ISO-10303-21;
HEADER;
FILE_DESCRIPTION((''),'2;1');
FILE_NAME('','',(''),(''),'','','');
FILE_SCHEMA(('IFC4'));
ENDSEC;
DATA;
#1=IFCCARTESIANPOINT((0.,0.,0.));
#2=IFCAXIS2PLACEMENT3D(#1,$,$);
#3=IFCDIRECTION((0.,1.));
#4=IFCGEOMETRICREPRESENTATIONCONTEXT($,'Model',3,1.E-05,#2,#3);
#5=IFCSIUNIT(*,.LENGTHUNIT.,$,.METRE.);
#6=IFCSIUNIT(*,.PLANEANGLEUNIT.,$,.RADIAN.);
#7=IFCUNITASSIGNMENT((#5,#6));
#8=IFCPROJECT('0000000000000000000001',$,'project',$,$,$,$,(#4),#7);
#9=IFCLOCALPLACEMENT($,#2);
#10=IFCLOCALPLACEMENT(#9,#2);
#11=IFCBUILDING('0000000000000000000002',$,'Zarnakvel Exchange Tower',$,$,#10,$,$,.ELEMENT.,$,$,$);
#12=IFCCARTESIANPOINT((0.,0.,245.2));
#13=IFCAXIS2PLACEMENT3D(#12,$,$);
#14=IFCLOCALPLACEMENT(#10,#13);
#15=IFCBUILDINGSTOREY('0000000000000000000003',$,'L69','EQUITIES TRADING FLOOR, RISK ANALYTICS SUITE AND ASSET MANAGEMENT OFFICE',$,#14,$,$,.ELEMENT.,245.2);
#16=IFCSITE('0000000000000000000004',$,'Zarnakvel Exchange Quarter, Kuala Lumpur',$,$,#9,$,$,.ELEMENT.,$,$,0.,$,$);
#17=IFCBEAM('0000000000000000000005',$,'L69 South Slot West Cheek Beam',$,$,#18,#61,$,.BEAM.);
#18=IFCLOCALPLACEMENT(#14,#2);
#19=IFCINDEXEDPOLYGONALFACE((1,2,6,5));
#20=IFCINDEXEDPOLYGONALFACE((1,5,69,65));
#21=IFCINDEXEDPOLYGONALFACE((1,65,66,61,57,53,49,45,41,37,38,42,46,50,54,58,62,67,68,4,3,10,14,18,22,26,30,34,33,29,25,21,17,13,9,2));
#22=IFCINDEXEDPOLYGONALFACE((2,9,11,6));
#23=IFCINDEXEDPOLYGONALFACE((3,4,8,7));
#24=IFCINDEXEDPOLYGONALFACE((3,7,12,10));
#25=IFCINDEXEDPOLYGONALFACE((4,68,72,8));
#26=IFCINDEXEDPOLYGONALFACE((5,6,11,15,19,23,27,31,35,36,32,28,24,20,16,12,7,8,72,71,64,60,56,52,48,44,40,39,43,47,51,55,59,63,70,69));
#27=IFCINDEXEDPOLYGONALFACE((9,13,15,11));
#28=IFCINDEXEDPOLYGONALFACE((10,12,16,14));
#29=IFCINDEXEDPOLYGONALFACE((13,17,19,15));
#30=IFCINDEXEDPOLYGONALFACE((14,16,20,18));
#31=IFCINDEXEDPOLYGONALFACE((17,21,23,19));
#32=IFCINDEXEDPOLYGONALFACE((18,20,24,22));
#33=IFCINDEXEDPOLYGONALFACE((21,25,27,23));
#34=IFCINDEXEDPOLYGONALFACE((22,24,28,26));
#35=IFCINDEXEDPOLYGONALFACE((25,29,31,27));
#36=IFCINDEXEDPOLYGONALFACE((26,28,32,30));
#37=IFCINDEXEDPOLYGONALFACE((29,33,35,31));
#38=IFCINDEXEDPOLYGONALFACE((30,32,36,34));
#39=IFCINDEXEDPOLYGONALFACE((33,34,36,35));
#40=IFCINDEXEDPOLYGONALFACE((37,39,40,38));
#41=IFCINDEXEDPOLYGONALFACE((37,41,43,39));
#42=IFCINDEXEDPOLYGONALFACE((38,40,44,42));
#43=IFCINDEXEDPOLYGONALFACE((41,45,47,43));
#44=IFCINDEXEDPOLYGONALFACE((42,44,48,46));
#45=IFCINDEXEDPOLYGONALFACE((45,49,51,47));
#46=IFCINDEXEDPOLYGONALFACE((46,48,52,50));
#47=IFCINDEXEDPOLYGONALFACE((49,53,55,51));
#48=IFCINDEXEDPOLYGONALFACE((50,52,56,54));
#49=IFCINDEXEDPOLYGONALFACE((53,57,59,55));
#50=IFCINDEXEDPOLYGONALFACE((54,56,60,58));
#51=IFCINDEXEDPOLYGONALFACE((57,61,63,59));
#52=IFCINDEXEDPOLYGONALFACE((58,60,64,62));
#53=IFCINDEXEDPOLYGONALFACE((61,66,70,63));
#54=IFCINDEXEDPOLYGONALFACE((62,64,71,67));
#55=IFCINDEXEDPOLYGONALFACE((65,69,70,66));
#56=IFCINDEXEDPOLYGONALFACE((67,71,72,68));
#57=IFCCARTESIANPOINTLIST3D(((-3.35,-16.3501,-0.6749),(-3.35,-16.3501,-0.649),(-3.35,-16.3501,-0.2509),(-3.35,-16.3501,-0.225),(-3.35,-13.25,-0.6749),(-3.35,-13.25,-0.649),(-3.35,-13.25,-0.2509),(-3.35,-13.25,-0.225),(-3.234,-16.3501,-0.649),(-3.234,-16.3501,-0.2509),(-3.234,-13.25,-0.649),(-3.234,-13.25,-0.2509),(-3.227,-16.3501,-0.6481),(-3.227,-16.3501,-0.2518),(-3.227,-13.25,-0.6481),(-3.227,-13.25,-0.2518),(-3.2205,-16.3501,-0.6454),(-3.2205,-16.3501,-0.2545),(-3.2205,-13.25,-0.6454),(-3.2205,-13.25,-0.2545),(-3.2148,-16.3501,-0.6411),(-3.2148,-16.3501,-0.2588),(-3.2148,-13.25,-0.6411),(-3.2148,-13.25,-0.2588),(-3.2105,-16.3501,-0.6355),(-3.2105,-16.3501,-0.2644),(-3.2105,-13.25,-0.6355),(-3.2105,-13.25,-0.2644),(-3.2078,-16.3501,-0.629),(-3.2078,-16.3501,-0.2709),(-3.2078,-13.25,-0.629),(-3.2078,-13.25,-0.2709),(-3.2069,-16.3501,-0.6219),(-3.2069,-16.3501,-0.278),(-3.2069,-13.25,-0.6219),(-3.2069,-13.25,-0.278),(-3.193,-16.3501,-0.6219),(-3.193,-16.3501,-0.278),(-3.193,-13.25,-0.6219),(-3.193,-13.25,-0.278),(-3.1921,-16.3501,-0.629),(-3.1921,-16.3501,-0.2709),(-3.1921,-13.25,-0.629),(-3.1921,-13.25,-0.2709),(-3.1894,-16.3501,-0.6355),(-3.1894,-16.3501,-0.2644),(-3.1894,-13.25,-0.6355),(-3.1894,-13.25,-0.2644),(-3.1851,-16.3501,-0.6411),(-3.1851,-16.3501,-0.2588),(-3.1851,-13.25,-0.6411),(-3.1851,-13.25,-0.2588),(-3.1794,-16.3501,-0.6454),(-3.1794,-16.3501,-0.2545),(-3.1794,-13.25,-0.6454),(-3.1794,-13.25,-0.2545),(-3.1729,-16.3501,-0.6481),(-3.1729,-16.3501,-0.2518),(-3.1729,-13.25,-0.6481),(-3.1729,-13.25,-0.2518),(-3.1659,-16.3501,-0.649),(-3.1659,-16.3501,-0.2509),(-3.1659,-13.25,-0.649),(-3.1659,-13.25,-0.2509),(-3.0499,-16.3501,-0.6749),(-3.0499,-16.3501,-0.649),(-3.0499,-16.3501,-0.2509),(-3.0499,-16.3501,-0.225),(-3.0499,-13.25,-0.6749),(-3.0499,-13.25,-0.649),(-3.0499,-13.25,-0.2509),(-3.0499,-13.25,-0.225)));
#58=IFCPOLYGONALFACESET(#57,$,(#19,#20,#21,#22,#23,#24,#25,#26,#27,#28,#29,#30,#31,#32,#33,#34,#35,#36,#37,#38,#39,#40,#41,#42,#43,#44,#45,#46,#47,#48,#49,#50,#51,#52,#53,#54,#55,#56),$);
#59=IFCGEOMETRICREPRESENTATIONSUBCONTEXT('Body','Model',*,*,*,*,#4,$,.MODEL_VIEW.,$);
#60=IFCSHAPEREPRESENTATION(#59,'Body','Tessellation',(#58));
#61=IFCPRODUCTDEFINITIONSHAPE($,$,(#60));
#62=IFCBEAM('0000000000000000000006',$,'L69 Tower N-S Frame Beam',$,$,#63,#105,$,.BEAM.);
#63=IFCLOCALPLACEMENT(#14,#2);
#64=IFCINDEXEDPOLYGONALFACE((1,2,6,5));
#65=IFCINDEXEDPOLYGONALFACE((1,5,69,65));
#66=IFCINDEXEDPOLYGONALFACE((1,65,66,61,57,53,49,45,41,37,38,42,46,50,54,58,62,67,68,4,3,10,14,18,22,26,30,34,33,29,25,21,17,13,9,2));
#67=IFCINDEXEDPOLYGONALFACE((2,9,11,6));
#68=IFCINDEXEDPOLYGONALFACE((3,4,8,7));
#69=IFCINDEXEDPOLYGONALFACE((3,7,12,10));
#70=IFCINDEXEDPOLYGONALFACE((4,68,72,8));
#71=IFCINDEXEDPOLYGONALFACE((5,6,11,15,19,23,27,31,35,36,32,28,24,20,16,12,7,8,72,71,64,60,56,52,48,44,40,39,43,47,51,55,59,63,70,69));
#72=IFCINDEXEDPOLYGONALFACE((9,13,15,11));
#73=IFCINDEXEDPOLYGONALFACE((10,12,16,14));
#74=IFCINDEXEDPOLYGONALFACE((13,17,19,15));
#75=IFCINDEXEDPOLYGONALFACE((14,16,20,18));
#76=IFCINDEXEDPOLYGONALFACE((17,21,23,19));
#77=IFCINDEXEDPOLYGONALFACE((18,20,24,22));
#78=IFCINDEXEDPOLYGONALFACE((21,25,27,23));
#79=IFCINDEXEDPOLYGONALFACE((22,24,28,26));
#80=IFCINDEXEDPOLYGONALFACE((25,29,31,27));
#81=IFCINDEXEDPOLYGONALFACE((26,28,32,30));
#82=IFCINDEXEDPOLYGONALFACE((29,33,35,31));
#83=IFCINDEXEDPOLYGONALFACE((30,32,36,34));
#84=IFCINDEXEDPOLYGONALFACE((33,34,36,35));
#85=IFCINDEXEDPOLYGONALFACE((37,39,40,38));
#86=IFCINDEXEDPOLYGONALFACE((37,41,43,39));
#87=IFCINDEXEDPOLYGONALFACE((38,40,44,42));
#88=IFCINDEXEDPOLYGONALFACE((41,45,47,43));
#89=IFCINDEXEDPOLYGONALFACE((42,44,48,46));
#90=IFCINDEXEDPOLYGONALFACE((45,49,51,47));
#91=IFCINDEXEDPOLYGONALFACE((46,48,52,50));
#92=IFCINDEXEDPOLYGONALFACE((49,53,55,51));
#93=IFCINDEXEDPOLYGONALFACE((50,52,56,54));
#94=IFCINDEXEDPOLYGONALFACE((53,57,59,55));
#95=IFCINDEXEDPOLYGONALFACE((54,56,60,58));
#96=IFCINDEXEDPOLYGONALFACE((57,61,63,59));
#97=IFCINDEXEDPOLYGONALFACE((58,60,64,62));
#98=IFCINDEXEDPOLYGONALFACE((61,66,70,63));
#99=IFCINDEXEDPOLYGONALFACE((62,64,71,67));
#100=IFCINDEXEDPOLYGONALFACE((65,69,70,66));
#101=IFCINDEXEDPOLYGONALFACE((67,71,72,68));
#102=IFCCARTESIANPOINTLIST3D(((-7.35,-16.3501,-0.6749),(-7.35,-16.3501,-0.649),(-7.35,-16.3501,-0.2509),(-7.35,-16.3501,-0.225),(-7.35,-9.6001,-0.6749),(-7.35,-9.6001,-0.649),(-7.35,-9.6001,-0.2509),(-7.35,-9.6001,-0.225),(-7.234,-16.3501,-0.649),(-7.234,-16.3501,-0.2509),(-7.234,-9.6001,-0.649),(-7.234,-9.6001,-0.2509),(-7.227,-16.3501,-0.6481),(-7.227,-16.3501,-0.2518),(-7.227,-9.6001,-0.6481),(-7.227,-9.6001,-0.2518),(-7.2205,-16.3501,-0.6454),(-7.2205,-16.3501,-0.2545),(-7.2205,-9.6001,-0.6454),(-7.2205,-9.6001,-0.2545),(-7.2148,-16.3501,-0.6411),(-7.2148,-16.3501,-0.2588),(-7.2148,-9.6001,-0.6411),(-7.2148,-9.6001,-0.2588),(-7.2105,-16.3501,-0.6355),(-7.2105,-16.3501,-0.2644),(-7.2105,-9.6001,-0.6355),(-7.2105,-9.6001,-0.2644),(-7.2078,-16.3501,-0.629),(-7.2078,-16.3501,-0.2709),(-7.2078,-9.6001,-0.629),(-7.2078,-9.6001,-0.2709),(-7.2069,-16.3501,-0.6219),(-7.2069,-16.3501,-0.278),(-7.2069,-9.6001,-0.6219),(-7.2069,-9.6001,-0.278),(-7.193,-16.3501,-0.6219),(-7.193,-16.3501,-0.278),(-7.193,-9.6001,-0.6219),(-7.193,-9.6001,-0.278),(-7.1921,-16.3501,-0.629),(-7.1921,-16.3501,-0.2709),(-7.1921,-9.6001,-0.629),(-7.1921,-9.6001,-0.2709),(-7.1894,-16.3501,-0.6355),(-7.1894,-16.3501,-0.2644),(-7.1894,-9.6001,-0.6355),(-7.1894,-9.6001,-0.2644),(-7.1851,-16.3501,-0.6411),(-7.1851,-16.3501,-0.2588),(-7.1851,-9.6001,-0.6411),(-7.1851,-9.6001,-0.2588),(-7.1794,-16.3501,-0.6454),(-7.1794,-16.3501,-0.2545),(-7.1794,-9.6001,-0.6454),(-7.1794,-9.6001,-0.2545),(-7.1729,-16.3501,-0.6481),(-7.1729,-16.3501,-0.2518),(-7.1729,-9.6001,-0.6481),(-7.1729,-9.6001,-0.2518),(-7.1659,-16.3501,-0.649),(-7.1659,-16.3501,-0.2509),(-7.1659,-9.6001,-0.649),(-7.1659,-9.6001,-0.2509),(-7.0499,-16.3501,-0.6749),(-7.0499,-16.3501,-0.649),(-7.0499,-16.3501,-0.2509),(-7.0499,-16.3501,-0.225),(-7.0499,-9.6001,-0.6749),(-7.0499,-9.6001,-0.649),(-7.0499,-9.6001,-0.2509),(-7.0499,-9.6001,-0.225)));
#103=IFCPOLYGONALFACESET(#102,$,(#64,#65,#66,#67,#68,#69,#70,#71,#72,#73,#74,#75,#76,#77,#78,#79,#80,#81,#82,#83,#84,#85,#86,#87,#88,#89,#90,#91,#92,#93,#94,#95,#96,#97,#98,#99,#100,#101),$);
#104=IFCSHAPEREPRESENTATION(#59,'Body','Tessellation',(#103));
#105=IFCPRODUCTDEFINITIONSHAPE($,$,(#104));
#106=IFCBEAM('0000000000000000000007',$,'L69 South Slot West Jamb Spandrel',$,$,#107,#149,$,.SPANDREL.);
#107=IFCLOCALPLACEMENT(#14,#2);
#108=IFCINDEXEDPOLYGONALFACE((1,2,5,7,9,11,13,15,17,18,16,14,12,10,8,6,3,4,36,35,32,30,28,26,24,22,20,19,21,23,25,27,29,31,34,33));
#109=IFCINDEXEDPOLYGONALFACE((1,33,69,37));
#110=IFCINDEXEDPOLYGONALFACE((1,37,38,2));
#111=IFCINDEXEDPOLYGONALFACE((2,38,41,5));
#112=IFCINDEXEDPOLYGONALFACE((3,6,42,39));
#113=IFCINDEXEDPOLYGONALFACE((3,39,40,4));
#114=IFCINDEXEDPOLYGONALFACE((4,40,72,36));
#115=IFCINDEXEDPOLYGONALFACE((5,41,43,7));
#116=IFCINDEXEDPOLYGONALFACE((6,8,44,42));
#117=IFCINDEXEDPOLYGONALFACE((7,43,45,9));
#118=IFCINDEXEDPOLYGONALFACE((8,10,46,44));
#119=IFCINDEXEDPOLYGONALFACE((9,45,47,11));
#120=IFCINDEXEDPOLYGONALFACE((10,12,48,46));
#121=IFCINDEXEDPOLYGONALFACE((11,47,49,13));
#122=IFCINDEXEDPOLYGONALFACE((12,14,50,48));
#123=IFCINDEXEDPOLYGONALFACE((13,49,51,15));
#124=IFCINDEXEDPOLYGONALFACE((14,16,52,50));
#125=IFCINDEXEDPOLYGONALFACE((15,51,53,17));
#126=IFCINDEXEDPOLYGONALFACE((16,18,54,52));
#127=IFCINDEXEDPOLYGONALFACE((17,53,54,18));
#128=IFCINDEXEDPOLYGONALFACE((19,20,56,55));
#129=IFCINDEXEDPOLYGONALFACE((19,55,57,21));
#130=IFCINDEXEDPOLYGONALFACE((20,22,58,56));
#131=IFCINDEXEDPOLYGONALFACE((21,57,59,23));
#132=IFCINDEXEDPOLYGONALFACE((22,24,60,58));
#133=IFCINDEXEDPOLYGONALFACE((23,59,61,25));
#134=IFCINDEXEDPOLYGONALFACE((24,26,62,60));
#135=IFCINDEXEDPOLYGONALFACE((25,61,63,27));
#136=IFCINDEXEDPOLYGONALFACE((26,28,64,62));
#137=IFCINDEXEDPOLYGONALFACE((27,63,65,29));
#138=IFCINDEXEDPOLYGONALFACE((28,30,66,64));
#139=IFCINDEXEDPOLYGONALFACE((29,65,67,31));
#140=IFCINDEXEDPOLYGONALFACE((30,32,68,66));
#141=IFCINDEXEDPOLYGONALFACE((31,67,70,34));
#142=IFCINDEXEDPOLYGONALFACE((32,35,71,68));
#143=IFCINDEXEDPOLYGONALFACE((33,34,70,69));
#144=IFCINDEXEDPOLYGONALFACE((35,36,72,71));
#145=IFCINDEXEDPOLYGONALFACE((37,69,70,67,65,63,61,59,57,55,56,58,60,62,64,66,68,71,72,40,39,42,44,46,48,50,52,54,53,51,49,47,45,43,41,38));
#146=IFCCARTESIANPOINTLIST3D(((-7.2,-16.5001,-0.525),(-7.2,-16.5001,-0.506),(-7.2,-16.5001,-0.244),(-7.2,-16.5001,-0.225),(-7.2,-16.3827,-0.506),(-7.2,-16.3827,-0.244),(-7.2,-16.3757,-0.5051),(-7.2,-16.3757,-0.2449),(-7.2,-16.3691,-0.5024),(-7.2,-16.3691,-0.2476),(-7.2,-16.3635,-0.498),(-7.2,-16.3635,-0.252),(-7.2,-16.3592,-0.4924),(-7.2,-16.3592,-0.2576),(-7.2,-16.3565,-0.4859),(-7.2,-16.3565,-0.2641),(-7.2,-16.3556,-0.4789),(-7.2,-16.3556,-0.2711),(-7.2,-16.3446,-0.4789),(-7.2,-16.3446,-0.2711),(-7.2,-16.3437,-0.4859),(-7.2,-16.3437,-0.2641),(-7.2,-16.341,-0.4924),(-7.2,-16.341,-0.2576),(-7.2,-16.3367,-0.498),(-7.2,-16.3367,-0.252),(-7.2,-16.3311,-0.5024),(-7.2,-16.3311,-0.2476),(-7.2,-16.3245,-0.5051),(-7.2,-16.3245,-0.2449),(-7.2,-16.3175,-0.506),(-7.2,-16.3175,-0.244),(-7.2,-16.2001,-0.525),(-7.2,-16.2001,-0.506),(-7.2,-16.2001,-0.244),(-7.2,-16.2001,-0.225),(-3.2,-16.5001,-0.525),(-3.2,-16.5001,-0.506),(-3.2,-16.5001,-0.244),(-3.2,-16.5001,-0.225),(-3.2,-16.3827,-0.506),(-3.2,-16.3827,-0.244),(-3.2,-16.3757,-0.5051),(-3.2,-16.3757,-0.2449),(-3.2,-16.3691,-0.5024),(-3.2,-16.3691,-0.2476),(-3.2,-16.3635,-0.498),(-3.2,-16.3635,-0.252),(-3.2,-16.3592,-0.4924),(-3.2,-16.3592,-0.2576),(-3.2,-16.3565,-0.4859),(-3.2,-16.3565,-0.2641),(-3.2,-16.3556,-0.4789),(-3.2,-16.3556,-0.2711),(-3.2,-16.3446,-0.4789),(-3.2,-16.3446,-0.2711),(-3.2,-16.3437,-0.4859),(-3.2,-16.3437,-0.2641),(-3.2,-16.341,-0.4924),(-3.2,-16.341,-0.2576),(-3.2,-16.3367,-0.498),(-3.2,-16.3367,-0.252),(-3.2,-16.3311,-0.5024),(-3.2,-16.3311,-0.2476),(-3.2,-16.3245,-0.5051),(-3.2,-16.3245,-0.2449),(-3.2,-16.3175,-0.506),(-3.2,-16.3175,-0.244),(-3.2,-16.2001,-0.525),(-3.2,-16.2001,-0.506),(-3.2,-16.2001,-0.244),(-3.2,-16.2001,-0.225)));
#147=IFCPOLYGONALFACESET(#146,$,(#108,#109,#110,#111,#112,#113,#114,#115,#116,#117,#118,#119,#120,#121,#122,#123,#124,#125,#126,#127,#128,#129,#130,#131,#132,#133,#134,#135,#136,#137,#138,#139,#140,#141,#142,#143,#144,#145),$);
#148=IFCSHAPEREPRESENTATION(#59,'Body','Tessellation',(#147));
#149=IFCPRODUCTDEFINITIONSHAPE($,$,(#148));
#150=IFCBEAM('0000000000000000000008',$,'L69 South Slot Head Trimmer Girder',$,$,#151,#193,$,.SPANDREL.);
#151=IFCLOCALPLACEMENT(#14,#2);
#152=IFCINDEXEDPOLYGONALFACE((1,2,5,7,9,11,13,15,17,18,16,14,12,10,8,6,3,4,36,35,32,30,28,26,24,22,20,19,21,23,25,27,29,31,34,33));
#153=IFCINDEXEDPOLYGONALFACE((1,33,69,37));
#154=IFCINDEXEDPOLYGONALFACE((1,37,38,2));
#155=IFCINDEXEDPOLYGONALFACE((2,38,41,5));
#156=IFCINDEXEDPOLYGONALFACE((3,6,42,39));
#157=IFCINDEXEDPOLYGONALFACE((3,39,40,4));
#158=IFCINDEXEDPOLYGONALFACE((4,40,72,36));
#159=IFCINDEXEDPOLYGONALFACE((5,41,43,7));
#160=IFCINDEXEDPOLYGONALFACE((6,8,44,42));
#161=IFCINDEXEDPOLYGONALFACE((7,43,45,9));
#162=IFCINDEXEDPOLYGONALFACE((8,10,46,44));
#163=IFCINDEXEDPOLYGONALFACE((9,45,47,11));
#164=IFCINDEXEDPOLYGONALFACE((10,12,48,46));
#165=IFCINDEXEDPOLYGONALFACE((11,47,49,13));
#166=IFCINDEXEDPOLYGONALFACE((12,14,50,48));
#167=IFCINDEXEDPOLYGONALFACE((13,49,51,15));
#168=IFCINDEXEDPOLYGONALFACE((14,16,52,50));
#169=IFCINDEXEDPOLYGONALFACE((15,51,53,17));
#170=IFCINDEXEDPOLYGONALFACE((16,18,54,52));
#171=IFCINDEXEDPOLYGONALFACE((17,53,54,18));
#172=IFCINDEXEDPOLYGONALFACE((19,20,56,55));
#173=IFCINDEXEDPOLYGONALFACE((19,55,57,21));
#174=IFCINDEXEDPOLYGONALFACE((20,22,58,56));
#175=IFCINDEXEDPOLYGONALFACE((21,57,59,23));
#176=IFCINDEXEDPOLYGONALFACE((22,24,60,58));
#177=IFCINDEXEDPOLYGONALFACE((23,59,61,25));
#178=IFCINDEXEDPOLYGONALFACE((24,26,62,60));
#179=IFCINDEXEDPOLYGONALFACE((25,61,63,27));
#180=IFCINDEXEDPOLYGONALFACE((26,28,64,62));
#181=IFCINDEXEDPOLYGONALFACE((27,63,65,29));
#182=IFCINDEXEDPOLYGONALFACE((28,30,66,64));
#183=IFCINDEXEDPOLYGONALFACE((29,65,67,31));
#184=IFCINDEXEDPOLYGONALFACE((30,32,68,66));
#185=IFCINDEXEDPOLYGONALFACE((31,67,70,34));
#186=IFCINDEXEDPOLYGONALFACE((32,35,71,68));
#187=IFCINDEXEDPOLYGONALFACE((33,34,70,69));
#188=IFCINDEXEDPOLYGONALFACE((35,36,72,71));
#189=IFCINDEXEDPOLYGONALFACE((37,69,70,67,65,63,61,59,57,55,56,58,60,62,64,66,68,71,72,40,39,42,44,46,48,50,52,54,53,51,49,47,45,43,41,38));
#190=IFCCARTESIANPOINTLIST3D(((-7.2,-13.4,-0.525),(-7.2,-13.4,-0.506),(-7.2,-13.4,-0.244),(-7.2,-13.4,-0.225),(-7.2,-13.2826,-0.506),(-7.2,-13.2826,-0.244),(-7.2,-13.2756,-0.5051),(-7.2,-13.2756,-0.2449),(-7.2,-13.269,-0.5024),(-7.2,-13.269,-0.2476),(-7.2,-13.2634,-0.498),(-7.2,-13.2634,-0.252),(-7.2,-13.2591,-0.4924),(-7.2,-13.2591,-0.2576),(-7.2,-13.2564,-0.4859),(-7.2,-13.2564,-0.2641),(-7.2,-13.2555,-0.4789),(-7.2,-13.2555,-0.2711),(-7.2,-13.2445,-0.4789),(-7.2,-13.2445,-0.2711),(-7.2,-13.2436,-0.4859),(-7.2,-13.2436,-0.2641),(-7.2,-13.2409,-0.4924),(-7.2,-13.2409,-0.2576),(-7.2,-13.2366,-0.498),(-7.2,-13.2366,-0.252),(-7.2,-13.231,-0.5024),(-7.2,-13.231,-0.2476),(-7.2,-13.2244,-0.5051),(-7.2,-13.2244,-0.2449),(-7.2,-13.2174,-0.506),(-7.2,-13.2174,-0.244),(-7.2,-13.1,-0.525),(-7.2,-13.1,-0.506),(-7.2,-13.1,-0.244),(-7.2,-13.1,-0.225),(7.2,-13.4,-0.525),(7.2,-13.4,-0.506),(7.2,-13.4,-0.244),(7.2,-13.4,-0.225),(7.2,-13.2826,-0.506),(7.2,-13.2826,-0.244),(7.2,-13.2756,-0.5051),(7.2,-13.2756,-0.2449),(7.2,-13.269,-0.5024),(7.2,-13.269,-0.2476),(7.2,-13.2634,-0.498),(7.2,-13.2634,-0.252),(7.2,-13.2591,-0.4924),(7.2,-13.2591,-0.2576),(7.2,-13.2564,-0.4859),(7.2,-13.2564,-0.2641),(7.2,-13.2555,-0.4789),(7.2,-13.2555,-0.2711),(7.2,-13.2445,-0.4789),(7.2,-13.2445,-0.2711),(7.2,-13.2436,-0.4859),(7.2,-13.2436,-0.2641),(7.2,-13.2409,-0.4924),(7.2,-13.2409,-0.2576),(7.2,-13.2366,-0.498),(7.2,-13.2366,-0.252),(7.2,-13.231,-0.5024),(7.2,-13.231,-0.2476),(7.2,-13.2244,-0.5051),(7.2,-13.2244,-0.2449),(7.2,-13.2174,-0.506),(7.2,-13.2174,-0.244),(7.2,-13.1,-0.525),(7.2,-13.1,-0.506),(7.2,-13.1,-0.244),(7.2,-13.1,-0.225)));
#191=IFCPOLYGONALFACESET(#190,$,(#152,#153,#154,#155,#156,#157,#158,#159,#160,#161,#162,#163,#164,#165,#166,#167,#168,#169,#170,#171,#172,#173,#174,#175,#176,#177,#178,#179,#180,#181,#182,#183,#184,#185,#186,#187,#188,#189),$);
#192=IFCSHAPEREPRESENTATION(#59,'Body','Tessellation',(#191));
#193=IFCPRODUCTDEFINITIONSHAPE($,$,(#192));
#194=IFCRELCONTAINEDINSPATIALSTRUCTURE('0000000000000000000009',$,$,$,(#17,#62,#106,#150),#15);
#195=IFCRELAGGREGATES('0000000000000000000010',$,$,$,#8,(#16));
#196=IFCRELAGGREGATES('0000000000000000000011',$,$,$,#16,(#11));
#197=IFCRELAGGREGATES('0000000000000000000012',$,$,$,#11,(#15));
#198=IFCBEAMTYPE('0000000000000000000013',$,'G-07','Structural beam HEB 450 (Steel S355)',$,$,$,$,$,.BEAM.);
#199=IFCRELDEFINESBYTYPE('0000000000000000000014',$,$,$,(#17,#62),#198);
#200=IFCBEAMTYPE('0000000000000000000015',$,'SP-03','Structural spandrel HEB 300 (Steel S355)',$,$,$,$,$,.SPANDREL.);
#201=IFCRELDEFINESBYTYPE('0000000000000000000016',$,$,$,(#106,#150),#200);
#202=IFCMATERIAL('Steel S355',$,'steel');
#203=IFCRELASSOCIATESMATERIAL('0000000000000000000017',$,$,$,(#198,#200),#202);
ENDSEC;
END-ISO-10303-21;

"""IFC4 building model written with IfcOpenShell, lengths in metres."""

from ifc_helpers import new_model, si_unit, direction, frame, origin, origin_2d, place, context, subcontext, project, spatial, i_section, extrude, material, material_profile, profile_set, type_object, element, save


model = new_model("IFC4")

# Units and contexts
model_context = context("Model", 3, precision=1e-05, world=origin(), true_north=direction((0.0, 1.0)))
body_context = subcontext(model_context, "Body", "Model", "MODEL_VIEW")
ifc_project = project(units=[si_unit("LENGTHUNIT", "METRE"), si_unit("PLANEANGLEUNIT", "RADIAN")], contexts=[model_context])

# Site, building, storey
site_placement = place(None, origin())
site = spatial("IfcSite", under=ifc_project, at=site_placement, Name="Zarnakvel Exchange Quarter, Kuala Lumpur", CompositionType="ELEMENT", RefElevation=0.0)
building_placement = place(site_placement, origin())
building = spatial("IfcBuilding", under=site, at=building_placement, Name="Zarnakvel Exchange Tower", CompositionType="ELEMENT")
storey_placement = place(building_placement, frame((0.0, 0.0, 245.2)))
storey = spatial("IfcBuildingStorey", under=building, at=storey_placement, Name="L69", Description="EQUITIES TRADING FLOOR, RISK ANALYTICS SUITE AND ASSET MANAGEMENT OFFICE", CompositionType="ELEMENT", Elevation=245.2)

# Beams
ifc_material_1 = material(Name="Steel S355", Category="steel")
ifc_material_profile_1 = material_profile(ifc_material_1, i_section(OverallWidth=0.3, OverallDepth=0.45, WebThickness=0.0139, FlangeThickness=0.0259, FilletRadius=0.0271, at=origin_2d()))
ifc_profile_set_1 = profile_set([ifc_material_profile_1], Name="Steel S355")
beam_type_1 = type_object("IfcBeamType", Name="G-07", Description="Structural beam HEB 450 (Steel S355)", PredefinedType="BEAM", material=ifc_profile_set_1)
beam_1_placement = place(storey_placement, frame((-3.2, -16.3501, -0.45), z_axis=(0.0, 1.0, 0.0), x_axis=(-1.0, 0.0, 0.0)))
element("IfcBeam", 1, at=beam_1_placement, inside=storey, type_object=beam_type_1, Name="L69 South Slot West Cheek Beam", PredefinedType="BEAM", context=body_context, shape_type="SweptSolid", body=[
    extrude(i_section(OverallWidth=0.3, OverallDepth=0.45, WebThickness=0.0139, FlangeThickness=0.0259, FilletRadius=0.0271, at=origin_2d()), origin(), (0.0, 0.0, 1.0), 3.1001),
])
beam_2_placement = place(storey_placement, frame((-7.2, -16.3501, -0.45), z_axis=(0.0, 1.0, 0.0), x_axis=(-1.0, 0.0, 0.0)))
element("IfcBeam", 2, at=beam_2_placement, inside=storey, type_object=beam_type_1, Name="L69 Tower N-S Frame Beam", PredefinedType="BEAM", context=body_context, shape_type="SweptSolid", body=[
    extrude(i_section(OverallWidth=0.3, OverallDepth=0.45, WebThickness=0.0139, FlangeThickness=0.0259, FilletRadius=0.0271, at=origin_2d()), origin(), (0.0, 0.0, 1.0), 6.75),
])
ifc_material_profile_2 = material_profile(ifc_material_1, i_section(OverallWidth=0.3, OverallDepth=0.3, WebThickness=0.011, FlangeThickness=0.019, FilletRadius=0.0271, at=origin_2d()))
ifc_profile_set_2 = profile_set([ifc_material_profile_2], Name="Steel S355")
beam_type_2 = type_object("IfcBeamType", Name="SP-03", Description="Structural spandrel HEB 300 (Steel S355)", PredefinedType="SPANDREL", material=ifc_profile_set_2)
beam_3_placement = place(storey_placement, frame((-7.2, -16.3501, -0.375), z_axis=(1.0, 0.0, 0.0), x_axis=(0.0, 1.0, 0.0)))
element("IfcBeam", 3, at=beam_3_placement, inside=storey, type_object=beam_type_2, Name="L69 South Slot West Jamb Spandrel", PredefinedType="SPANDREL", context=body_context, shape_type="SweptSolid", body=[
    extrude(i_section(OverallWidth=0.3, OverallDepth=0.3, WebThickness=0.011, FlangeThickness=0.019, FilletRadius=0.0271, at=origin_2d()), origin(), (0.0, 0.0, 1.0), 4.0),
])
beam_4_placement = place(storey_placement, frame((-7.2, -13.25, -0.375), z_axis=(1.0, 0.0, 0.0), x_axis=(0.0, 1.0, 0.0)))
element("IfcBeam", 4, at=beam_4_placement, inside=storey, type_object=beam_type_2, Name="L69 South Slot Head Trimmer Girder", PredefinedType="SPANDREL", context=body_context, shape_type="SweptSolid", body=[
    extrude(i_section(OverallWidth=0.3, OverallDepth=0.3, WebThickness=0.011, FlangeThickness=0.019, FilletRadius=0.0271, at=origin_2d()), origin(), (0.0, 0.0, 1.0), 14.3999),
])

save(model, "model.ifc")
